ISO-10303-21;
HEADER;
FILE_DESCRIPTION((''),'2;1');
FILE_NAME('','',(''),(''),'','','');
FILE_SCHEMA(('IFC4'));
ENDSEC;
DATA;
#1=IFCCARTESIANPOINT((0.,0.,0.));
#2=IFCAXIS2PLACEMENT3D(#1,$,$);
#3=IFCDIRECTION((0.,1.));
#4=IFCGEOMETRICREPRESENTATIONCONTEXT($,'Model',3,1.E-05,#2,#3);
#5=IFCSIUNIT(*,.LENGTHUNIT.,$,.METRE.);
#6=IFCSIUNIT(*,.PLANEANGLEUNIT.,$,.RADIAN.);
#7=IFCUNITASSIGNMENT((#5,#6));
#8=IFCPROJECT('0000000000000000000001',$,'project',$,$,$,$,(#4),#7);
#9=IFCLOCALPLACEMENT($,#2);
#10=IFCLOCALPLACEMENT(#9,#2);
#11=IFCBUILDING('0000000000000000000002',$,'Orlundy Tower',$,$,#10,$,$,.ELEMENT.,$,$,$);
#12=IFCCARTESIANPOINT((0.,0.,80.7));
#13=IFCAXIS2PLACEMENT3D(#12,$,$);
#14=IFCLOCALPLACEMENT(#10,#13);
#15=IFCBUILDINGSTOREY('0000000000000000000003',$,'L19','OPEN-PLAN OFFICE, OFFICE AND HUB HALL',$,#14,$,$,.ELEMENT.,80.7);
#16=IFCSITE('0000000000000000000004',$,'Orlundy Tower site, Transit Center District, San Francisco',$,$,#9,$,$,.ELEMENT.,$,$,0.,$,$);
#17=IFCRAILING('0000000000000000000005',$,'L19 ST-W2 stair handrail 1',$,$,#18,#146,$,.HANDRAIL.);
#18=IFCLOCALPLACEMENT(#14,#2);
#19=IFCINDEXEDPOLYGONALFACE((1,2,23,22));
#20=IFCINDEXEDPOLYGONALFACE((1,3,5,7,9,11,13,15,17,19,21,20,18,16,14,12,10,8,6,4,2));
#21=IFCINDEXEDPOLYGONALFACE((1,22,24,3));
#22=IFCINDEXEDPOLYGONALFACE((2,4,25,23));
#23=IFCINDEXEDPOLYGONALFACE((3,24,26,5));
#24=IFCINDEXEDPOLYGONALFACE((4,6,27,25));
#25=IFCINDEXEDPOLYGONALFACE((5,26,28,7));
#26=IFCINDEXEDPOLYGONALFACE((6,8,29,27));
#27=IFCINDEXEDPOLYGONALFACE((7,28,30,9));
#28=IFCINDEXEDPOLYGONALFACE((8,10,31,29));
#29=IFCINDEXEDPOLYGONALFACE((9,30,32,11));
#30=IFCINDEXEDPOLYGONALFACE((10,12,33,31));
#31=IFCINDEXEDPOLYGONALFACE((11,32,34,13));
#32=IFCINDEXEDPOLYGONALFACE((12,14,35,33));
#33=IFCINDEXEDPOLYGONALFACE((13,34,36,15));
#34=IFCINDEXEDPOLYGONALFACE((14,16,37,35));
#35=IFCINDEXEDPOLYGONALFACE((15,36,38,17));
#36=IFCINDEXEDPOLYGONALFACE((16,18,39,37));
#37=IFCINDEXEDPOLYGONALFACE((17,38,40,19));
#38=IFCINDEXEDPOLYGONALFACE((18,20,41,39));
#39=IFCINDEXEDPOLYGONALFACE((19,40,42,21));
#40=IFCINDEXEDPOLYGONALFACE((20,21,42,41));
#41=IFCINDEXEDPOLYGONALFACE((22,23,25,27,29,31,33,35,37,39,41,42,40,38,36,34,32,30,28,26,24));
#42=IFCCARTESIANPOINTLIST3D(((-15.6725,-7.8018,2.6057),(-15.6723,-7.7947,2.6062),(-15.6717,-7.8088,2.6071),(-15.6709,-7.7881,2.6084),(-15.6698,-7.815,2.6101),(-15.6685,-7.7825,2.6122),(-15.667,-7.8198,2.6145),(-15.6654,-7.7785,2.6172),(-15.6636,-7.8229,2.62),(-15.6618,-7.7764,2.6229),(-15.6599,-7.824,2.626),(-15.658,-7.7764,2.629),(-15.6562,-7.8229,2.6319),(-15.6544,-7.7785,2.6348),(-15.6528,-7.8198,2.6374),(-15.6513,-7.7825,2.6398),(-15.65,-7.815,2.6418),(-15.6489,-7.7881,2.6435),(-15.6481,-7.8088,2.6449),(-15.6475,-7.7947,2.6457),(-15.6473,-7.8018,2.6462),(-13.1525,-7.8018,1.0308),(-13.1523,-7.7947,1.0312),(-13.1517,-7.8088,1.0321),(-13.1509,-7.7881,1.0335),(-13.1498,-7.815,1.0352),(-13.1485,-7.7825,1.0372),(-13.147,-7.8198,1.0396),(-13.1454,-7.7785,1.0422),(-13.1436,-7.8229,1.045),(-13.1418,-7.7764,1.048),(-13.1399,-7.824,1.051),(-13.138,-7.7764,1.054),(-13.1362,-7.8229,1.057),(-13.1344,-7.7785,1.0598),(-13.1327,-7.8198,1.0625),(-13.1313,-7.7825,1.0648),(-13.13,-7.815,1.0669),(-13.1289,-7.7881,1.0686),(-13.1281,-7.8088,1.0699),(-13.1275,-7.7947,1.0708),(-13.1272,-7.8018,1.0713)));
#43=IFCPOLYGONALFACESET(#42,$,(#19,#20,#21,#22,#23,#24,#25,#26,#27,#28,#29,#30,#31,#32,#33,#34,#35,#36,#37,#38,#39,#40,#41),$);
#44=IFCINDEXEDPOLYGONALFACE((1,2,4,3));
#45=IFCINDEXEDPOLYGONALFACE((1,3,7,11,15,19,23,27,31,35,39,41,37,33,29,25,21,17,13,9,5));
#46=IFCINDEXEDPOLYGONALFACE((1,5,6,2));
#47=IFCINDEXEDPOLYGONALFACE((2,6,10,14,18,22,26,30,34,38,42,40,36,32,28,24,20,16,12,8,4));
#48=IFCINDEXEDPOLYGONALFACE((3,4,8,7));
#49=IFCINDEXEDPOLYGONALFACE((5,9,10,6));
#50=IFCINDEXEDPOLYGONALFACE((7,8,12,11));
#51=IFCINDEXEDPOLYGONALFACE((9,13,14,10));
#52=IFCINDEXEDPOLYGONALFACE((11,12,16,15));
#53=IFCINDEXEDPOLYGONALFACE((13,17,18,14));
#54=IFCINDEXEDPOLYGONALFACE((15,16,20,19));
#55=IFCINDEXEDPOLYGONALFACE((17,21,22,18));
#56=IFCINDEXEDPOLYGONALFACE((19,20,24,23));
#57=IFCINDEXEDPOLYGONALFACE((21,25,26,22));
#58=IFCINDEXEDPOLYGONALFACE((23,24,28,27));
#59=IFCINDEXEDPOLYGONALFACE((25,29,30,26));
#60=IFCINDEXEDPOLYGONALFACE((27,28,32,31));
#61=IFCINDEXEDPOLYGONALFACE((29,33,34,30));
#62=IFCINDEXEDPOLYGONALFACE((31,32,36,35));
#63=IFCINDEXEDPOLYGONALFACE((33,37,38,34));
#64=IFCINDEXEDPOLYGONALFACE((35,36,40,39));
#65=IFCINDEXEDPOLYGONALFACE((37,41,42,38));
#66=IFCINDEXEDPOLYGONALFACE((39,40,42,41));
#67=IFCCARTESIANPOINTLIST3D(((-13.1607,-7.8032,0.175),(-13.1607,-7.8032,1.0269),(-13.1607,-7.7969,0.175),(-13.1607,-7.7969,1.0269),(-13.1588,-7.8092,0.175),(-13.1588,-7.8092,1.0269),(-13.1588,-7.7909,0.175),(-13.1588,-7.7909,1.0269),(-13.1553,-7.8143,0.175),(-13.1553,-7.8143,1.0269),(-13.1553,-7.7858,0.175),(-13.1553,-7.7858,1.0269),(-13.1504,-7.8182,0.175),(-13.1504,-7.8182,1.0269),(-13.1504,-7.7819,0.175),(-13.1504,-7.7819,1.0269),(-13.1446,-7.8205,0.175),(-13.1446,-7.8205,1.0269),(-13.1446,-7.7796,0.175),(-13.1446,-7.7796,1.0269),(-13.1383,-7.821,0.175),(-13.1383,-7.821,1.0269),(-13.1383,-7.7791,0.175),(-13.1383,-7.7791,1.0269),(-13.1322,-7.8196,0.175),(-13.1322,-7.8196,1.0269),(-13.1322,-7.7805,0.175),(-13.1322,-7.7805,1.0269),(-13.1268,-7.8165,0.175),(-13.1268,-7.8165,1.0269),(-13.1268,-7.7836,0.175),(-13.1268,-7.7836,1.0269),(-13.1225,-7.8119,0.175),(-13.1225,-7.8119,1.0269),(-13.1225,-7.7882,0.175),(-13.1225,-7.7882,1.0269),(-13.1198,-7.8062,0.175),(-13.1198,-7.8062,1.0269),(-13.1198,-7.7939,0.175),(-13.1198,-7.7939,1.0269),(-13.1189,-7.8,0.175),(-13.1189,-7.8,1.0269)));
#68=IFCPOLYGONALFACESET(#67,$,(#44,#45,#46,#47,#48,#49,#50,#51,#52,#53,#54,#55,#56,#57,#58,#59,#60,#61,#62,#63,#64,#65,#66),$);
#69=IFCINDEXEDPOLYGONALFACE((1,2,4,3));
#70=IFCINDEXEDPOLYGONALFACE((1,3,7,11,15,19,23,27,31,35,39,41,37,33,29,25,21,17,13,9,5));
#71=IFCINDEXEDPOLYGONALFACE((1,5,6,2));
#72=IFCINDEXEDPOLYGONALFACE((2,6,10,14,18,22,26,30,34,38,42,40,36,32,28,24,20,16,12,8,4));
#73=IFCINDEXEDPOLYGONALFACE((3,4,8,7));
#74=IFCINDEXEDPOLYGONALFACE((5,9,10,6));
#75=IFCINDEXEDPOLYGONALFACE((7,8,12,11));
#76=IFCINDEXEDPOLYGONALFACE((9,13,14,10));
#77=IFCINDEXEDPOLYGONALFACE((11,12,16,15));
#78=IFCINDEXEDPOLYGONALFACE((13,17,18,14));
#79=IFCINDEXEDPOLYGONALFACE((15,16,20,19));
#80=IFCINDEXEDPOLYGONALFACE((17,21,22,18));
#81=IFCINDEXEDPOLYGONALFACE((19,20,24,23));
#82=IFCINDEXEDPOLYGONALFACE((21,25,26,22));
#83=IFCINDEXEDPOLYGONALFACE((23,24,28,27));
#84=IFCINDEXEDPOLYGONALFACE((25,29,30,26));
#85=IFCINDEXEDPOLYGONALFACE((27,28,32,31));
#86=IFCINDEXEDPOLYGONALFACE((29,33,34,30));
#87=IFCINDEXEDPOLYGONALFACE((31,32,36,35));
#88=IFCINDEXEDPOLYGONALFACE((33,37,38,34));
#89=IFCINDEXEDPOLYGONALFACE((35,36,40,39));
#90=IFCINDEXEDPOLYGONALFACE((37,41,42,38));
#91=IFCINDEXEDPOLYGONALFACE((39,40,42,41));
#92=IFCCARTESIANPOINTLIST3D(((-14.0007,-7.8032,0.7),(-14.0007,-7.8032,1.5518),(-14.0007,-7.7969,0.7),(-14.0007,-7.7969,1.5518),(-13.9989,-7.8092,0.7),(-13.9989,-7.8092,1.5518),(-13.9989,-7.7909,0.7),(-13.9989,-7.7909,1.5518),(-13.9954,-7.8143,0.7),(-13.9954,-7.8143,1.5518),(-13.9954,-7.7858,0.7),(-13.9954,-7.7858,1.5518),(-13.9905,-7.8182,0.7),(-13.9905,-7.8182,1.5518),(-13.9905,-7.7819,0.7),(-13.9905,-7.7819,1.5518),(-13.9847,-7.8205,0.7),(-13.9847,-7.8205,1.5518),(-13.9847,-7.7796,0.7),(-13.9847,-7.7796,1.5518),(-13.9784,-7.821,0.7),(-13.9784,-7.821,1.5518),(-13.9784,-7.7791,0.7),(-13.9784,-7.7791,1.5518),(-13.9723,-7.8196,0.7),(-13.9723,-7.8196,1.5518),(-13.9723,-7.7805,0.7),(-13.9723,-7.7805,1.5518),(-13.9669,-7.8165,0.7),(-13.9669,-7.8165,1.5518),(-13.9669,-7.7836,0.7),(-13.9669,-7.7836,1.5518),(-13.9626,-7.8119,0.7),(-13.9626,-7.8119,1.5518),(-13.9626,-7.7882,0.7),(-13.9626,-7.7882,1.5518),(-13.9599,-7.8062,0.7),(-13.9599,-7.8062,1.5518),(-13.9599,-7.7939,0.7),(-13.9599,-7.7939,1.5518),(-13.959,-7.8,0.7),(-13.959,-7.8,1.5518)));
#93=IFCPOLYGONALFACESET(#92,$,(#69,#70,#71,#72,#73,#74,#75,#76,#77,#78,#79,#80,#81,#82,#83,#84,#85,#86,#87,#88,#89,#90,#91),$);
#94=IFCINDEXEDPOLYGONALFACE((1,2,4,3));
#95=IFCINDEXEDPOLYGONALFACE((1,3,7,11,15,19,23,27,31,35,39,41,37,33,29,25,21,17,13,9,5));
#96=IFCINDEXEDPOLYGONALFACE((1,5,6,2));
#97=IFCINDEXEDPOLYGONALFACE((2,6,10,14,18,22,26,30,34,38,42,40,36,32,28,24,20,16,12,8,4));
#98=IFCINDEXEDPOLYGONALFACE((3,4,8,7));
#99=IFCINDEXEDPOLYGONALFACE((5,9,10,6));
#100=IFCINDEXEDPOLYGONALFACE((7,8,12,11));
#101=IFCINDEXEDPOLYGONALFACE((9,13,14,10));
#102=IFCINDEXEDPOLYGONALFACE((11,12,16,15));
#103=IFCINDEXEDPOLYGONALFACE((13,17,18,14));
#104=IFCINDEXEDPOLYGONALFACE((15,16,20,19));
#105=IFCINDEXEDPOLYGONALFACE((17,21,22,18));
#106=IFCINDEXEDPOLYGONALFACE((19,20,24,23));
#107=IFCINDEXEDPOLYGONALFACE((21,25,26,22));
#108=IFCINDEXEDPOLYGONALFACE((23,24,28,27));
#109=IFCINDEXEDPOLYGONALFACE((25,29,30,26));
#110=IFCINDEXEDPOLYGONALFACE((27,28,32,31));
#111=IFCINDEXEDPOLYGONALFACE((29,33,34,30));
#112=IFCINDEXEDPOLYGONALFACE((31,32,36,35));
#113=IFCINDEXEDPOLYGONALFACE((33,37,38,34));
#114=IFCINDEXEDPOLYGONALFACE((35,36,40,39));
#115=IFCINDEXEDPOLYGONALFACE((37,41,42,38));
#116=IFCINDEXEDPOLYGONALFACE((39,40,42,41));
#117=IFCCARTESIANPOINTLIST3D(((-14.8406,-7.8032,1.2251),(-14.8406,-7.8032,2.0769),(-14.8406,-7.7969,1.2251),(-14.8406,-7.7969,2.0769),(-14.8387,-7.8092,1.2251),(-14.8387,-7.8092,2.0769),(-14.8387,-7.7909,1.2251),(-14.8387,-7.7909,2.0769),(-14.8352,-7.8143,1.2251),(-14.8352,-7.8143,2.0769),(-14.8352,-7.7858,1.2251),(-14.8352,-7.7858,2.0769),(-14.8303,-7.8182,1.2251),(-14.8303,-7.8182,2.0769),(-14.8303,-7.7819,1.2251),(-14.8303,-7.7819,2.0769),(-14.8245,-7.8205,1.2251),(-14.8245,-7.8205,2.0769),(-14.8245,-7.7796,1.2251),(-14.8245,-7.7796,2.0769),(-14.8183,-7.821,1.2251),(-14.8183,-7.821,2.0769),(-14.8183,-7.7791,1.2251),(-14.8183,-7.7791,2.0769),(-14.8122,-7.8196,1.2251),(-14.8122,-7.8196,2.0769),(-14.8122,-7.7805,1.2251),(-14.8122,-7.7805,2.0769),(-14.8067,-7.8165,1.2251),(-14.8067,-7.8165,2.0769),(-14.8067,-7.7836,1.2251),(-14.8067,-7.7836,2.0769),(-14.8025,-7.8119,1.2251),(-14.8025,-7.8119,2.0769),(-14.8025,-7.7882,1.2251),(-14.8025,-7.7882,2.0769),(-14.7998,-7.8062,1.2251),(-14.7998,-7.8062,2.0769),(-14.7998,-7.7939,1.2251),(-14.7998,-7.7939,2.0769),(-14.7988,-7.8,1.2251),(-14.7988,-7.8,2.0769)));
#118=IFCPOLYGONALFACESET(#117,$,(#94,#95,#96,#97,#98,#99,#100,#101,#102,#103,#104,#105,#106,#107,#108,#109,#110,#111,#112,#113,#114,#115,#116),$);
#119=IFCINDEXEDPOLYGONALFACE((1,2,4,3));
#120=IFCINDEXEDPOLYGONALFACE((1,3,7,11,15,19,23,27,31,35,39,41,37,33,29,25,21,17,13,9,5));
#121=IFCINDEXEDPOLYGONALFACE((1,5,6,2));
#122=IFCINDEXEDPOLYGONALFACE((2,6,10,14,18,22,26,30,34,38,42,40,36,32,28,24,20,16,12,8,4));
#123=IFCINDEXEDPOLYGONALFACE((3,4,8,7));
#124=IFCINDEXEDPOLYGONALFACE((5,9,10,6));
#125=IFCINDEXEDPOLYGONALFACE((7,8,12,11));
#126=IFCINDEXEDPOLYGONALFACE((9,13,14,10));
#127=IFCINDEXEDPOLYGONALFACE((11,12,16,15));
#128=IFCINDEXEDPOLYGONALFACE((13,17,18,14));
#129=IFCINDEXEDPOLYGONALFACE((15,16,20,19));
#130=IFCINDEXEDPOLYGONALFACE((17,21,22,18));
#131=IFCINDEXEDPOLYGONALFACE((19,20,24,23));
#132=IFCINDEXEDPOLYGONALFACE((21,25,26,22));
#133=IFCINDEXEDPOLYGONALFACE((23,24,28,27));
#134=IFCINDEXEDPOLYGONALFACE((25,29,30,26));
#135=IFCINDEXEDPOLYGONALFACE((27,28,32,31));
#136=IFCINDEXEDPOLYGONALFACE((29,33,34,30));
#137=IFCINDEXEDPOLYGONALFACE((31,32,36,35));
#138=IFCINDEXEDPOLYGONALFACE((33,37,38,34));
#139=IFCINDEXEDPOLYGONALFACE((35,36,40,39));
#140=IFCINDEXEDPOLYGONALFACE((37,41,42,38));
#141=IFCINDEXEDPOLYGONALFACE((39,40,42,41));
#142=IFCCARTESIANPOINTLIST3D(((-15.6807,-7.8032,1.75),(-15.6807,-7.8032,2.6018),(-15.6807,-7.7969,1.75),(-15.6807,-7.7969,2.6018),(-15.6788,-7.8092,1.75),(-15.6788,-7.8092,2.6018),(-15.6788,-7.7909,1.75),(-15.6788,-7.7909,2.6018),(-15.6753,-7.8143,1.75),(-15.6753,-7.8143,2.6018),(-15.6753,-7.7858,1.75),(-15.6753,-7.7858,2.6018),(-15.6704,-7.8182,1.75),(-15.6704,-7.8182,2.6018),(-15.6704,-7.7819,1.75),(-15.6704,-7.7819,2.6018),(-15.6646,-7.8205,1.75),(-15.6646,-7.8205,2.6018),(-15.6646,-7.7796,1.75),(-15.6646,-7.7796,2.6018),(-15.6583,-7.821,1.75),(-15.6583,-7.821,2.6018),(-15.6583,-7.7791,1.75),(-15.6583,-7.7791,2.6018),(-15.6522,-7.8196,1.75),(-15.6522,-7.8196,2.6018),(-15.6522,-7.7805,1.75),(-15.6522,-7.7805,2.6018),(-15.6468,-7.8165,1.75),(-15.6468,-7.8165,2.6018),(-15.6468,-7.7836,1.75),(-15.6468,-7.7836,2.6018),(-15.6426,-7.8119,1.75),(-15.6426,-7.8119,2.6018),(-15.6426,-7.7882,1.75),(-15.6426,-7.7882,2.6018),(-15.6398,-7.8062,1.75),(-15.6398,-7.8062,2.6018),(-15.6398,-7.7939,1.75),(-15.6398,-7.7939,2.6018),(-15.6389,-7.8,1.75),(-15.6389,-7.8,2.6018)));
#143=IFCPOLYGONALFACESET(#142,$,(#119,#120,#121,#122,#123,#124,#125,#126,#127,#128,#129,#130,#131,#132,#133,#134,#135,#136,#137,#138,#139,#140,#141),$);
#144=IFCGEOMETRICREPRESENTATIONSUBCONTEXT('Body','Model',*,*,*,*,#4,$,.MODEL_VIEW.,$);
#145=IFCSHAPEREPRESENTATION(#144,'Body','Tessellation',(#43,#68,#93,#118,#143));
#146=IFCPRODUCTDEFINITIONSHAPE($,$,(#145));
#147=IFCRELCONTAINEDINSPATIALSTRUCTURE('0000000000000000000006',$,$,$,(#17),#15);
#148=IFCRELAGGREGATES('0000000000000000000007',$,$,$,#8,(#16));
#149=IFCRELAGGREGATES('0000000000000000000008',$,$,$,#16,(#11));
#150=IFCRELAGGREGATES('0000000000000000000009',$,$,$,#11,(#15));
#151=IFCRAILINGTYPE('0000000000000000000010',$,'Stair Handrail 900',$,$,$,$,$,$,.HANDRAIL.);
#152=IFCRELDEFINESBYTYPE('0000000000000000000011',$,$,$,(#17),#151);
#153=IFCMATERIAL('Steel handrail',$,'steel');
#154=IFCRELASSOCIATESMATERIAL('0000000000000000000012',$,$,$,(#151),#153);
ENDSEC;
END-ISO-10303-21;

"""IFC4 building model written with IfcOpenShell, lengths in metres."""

from ifc_helpers import new_model, si_unit, direction, frame, origin, origin_2d, place, context, subcontext, project, spatial, circle, extrude, material, type_object, element, save


model = new_model("IFC4")

# Units and contexts
model_context = context("Model", 3, precision=1e-05, world=origin(), true_north=direction((0.0, 1.0)))
body_context = subcontext(model_context, "Body", "Model", "MODEL_VIEW")
ifc_project = project(units=[si_unit("LENGTHUNIT", "METRE"), si_unit("PLANEANGLEUNIT", "RADIAN")], contexts=[model_context])

# Site, building, storey
site_placement = place(None, origin())
site = spatial("IfcSite", under=ifc_project, at=site_placement, Name="Orlundy Tower site, Transit Center District, San Francisco", CompositionType="ELEMENT", RefElevation=0.0)
building_placement = place(site_placement, origin())
building = spatial("IfcBuilding", under=site, at=building_placement, Name="Orlundy Tower", CompositionType="ELEMENT")
storey_placement = place(building_placement, frame((0.0, 0.0, 80.7)))
storey = spatial("IfcBuildingStorey", under=building, at=storey_placement, Name="L19", Description="OPEN-PLAN OFFICE, OFFICE AND HUB HALL", CompositionType="ELEMENT", Elevation=80.7)

# Railing
ifc_material_1 = material(Name="Steel handrail", Category="steel")
railing_type_1 = type_object("IfcRailingType", Name="Stair Handrail 900", PredefinedType="HANDRAIL", material=ifc_material_1)
railing_1_placement = place(storey_placement, frame((-13.1399, -7.8, 0.175)))
element("IfcRailing", 1, at=railing_1_placement, inside=storey, type_object=railing_type_1, Name="L19 ST-W2 stair handrail 1", PredefinedType="HANDRAIL", context=body_context, shape_type="SweptSolid", body=[
    extrude(circle(Radius=0.0239, at=origin_2d()), frame((0.0, 0.0, 0.876), z_axis=(-0.848008, 0.0, 0.529984), x_axis=(0.0, -1.0, 0.0)), (0.0, 0.0, 1.0), 2.9717),
    extrude(circle(Radius=0.021, at=origin_2d()), origin(), (0.0, 0.0, 1.0), 0.8518),
    extrude(circle(Radius=0.021, at=origin_2d()), frame((-0.8401, 0.0, 0.5249)), (0.0, 0.0, 1.0), 0.8518),
    extrude(circle(Radius=0.021, at=origin_2d()), frame((-1.6799, 0.0, 1.05)), (0.0, 0.0, 1.0), 0.8518),
    extrude(circle(Radius=0.021, at=origin_2d()), frame((-2.52, 0.0, 1.575)), (0.0, 0.0, 1.0), 0.8518),
])

save(model, "model.ifc")
